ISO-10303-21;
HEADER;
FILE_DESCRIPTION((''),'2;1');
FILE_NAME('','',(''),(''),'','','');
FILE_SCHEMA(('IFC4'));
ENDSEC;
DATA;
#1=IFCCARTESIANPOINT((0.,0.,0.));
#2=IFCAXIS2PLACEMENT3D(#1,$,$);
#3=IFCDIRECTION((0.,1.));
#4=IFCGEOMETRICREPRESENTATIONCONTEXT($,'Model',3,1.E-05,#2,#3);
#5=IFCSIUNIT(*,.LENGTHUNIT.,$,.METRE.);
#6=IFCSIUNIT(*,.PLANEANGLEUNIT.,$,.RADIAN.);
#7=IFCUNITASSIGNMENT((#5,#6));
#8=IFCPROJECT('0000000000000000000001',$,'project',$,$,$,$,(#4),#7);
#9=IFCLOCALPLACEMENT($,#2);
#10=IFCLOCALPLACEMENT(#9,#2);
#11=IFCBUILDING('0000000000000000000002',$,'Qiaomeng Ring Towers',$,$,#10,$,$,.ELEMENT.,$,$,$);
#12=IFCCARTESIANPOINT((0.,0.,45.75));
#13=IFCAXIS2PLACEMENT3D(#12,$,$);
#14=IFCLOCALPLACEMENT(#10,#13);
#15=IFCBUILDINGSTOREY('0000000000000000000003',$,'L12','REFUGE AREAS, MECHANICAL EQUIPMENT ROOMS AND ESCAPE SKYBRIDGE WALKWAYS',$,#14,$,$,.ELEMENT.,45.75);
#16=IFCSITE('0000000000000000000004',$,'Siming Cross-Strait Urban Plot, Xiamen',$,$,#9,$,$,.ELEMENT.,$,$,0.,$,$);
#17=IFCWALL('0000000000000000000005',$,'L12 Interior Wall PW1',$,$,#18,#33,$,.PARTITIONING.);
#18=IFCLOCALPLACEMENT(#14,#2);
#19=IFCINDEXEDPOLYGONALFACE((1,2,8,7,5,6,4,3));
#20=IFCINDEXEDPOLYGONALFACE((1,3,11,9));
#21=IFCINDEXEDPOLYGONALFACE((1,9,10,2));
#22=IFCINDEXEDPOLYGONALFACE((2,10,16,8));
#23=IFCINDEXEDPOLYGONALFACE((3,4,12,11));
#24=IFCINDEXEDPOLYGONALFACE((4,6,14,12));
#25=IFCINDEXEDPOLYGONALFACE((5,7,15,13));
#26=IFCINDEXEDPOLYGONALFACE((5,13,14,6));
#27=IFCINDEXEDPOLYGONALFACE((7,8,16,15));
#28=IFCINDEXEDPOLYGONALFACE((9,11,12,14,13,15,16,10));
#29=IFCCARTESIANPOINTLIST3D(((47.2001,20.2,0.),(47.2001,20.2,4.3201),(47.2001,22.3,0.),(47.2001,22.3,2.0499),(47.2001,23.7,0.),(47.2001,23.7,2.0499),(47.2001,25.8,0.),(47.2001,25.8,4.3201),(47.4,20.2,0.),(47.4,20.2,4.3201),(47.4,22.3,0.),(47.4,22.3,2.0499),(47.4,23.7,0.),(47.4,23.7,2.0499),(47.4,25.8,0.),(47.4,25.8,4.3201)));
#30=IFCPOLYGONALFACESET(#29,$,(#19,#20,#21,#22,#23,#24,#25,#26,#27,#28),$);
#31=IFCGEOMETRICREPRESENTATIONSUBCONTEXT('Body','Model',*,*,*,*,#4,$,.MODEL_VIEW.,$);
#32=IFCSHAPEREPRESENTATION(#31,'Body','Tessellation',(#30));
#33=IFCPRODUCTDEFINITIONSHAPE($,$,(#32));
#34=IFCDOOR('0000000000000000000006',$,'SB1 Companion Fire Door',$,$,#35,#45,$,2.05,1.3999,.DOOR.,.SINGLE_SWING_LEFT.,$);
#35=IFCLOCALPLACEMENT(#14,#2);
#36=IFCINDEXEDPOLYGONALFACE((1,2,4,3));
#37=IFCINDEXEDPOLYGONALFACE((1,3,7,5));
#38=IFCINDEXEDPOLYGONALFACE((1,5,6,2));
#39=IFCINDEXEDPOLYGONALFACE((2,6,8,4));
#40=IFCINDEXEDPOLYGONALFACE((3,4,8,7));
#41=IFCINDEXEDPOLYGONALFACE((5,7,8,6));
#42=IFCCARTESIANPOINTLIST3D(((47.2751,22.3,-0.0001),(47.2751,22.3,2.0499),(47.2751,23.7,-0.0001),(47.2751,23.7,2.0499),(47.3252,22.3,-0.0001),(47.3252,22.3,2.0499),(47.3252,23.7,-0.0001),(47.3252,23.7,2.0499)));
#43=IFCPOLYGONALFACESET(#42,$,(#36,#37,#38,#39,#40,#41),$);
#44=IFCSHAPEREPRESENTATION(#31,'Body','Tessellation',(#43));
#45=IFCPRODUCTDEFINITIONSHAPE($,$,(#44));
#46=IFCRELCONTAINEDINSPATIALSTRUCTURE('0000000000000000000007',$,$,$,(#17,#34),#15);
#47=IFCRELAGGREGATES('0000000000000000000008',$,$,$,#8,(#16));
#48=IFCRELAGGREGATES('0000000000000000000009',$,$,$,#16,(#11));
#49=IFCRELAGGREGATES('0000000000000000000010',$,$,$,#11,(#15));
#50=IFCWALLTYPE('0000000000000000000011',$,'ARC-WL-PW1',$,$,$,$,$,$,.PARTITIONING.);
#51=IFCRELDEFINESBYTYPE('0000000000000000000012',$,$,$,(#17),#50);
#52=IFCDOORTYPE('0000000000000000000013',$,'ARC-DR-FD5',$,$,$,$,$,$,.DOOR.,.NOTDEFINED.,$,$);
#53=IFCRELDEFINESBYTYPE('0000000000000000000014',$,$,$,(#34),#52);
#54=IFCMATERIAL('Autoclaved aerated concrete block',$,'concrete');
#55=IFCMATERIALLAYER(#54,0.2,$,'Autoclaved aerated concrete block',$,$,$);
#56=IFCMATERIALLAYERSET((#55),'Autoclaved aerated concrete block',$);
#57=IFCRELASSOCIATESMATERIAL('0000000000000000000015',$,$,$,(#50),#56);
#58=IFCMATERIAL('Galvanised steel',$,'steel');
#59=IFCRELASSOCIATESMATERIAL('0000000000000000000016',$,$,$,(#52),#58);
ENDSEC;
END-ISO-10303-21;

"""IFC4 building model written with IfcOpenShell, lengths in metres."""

from ifc_helpers import new_model, si_unit, direction, frame, frame_2d, origin, place, context, subcontext, project, spatial, rectangle, extrude, source, transform, mapped, material, layer, layer_set, type_object, element, fill, save


model = new_model("IFC4")

# Units and contexts
model_context = context("Model", 3, precision=1e-05, world=origin(), true_north=direction((0.0, 1.0)))
body_context = subcontext(model_context, "Body", "Model", "MODEL_VIEW")
ifc_project = project(units=[si_unit("LENGTHUNIT", "METRE"), si_unit("PLANEANGLEUNIT", "RADIAN")], contexts=[model_context])

# Site, building, storey
site_placement = place(None, origin())
site = spatial("IfcSite", under=ifc_project, at=site_placement, Name="Siming Cross-Strait Urban Plot, Xiamen", CompositionType="ELEMENT", RefElevation=0.0)
building_placement = place(site_placement, origin())
building = spatial("IfcBuilding", under=site, at=building_placement, Name="Qiaomeng Ring Towers", CompositionType="ELEMENT")
storey_placement = place(building_placement, frame((0.0, 0.0, 45.75)))
storey = spatial("IfcBuildingStorey", under=building, at=storey_placement, Name="L12", Description="REFUGE AREAS, MECHANICAL EQUIPMENT ROOMS AND ESCAPE SKYBRIDGE WALKWAYS", CompositionType="ELEMENT", Elevation=45.75)

# Wall, opening, door
ifc_material_1 = material(Name="Autoclaved aerated concrete block", Category="concrete")
ifc_layer_1 = layer(ifc_material_1, 0.2, Name="Autoclaved aerated concrete block")
ifc_layer_set_1 = layer_set([ifc_layer_1], Name="Autoclaved aerated concrete block")
wall_type = type_object("IfcWallType", Name="ARC-WL-PW1", PredefinedType="PARTITIONING", material=ifc_layer_set_1)
ifc_material_2 = material(Name="Galvanised steel", Category="steel")
door_type = type_object("IfcDoorType", Name="ARC-DR-FD5", OperationType="NOTDEFINED", PredefinedType="DOOR", material=ifc_material_2)
shared_shape_1 = source(origin(), body_context, "Body", "SweptSolid", [
    extrude(rectangle(XDim=1.3999, YDim=2.05, at=frame_2d((0.7, 1.0249))), frame((0.0, 0.0249, 0.0), z_axis=(0.0, -1.0, 0.0), x_axis=(1.0, 0.0, 0.0)), (0.0, 0.0, 1.0), 0.05),
])
wall_1_placement = place(storey_placement, frame((47.3, 20.2, 0.0), z_axis=(0.0, 0.0, 1.0), x_axis=(0.0, 1.0, 0.0)))
wall_1 = element("IfcWall", 1, at=wall_1_placement, inside=storey, type_object=wall_type, Name="L12 Interior Wall PW1", PredefinedType="PARTITIONING", context=body_context, shape_type="SweptSolid", body=[
    extrude(rectangle(XDim=5.6001, YDim=0.2, at=frame_2d((2.8, 0.0))), origin(), (0.0, 0.0, 1.0), 4.3201),
])
opening_1_placement = place(wall_1_placement, frame((2.1001, 0.0, 0.0)))
opening_1 = element("IfcOpeningElement", 2, at=opening_1_placement, cuts=wall_1, PredefinedType="OPENING", context=body_context, shape_type="SweptSolid", body=[
    extrude(rectangle(XDim=1.3999, YDim=2.05, at=frame_2d((0.7, 1.0249))), frame((0.0, 0.1099, 0.0), z_axis=(0.0, -1.0, 0.0), x_axis=(1.0, 0.0, 0.0)), (0.0, 0.0, 1.0), 0.22),
])
door_1_placement = place(opening_1_placement, origin())
door_1 = element("IfcDoor", 3, at=door_1_placement, inside=storey, type_object=door_type, Name="SB1 Companion Fire Door", OperationType="SINGLE_SWING_LEFT", OverallHeight=2.05, OverallWidth=1.3999, PredefinedType="DOOR", context=body_context, shape_type="MappedRepresentation", body=[
    mapped(shared_shape_1, transform((0.0, 0.0, 0.0), x_axis=(1.0, 0.0, 0.0), y_axis=(0.0, 1.0, 0.0), z_axis=(0.0, 0.0, 1.0), scale=1.0)),
])
fill(opening_1, door_1)

save(model, "model.ifc")
